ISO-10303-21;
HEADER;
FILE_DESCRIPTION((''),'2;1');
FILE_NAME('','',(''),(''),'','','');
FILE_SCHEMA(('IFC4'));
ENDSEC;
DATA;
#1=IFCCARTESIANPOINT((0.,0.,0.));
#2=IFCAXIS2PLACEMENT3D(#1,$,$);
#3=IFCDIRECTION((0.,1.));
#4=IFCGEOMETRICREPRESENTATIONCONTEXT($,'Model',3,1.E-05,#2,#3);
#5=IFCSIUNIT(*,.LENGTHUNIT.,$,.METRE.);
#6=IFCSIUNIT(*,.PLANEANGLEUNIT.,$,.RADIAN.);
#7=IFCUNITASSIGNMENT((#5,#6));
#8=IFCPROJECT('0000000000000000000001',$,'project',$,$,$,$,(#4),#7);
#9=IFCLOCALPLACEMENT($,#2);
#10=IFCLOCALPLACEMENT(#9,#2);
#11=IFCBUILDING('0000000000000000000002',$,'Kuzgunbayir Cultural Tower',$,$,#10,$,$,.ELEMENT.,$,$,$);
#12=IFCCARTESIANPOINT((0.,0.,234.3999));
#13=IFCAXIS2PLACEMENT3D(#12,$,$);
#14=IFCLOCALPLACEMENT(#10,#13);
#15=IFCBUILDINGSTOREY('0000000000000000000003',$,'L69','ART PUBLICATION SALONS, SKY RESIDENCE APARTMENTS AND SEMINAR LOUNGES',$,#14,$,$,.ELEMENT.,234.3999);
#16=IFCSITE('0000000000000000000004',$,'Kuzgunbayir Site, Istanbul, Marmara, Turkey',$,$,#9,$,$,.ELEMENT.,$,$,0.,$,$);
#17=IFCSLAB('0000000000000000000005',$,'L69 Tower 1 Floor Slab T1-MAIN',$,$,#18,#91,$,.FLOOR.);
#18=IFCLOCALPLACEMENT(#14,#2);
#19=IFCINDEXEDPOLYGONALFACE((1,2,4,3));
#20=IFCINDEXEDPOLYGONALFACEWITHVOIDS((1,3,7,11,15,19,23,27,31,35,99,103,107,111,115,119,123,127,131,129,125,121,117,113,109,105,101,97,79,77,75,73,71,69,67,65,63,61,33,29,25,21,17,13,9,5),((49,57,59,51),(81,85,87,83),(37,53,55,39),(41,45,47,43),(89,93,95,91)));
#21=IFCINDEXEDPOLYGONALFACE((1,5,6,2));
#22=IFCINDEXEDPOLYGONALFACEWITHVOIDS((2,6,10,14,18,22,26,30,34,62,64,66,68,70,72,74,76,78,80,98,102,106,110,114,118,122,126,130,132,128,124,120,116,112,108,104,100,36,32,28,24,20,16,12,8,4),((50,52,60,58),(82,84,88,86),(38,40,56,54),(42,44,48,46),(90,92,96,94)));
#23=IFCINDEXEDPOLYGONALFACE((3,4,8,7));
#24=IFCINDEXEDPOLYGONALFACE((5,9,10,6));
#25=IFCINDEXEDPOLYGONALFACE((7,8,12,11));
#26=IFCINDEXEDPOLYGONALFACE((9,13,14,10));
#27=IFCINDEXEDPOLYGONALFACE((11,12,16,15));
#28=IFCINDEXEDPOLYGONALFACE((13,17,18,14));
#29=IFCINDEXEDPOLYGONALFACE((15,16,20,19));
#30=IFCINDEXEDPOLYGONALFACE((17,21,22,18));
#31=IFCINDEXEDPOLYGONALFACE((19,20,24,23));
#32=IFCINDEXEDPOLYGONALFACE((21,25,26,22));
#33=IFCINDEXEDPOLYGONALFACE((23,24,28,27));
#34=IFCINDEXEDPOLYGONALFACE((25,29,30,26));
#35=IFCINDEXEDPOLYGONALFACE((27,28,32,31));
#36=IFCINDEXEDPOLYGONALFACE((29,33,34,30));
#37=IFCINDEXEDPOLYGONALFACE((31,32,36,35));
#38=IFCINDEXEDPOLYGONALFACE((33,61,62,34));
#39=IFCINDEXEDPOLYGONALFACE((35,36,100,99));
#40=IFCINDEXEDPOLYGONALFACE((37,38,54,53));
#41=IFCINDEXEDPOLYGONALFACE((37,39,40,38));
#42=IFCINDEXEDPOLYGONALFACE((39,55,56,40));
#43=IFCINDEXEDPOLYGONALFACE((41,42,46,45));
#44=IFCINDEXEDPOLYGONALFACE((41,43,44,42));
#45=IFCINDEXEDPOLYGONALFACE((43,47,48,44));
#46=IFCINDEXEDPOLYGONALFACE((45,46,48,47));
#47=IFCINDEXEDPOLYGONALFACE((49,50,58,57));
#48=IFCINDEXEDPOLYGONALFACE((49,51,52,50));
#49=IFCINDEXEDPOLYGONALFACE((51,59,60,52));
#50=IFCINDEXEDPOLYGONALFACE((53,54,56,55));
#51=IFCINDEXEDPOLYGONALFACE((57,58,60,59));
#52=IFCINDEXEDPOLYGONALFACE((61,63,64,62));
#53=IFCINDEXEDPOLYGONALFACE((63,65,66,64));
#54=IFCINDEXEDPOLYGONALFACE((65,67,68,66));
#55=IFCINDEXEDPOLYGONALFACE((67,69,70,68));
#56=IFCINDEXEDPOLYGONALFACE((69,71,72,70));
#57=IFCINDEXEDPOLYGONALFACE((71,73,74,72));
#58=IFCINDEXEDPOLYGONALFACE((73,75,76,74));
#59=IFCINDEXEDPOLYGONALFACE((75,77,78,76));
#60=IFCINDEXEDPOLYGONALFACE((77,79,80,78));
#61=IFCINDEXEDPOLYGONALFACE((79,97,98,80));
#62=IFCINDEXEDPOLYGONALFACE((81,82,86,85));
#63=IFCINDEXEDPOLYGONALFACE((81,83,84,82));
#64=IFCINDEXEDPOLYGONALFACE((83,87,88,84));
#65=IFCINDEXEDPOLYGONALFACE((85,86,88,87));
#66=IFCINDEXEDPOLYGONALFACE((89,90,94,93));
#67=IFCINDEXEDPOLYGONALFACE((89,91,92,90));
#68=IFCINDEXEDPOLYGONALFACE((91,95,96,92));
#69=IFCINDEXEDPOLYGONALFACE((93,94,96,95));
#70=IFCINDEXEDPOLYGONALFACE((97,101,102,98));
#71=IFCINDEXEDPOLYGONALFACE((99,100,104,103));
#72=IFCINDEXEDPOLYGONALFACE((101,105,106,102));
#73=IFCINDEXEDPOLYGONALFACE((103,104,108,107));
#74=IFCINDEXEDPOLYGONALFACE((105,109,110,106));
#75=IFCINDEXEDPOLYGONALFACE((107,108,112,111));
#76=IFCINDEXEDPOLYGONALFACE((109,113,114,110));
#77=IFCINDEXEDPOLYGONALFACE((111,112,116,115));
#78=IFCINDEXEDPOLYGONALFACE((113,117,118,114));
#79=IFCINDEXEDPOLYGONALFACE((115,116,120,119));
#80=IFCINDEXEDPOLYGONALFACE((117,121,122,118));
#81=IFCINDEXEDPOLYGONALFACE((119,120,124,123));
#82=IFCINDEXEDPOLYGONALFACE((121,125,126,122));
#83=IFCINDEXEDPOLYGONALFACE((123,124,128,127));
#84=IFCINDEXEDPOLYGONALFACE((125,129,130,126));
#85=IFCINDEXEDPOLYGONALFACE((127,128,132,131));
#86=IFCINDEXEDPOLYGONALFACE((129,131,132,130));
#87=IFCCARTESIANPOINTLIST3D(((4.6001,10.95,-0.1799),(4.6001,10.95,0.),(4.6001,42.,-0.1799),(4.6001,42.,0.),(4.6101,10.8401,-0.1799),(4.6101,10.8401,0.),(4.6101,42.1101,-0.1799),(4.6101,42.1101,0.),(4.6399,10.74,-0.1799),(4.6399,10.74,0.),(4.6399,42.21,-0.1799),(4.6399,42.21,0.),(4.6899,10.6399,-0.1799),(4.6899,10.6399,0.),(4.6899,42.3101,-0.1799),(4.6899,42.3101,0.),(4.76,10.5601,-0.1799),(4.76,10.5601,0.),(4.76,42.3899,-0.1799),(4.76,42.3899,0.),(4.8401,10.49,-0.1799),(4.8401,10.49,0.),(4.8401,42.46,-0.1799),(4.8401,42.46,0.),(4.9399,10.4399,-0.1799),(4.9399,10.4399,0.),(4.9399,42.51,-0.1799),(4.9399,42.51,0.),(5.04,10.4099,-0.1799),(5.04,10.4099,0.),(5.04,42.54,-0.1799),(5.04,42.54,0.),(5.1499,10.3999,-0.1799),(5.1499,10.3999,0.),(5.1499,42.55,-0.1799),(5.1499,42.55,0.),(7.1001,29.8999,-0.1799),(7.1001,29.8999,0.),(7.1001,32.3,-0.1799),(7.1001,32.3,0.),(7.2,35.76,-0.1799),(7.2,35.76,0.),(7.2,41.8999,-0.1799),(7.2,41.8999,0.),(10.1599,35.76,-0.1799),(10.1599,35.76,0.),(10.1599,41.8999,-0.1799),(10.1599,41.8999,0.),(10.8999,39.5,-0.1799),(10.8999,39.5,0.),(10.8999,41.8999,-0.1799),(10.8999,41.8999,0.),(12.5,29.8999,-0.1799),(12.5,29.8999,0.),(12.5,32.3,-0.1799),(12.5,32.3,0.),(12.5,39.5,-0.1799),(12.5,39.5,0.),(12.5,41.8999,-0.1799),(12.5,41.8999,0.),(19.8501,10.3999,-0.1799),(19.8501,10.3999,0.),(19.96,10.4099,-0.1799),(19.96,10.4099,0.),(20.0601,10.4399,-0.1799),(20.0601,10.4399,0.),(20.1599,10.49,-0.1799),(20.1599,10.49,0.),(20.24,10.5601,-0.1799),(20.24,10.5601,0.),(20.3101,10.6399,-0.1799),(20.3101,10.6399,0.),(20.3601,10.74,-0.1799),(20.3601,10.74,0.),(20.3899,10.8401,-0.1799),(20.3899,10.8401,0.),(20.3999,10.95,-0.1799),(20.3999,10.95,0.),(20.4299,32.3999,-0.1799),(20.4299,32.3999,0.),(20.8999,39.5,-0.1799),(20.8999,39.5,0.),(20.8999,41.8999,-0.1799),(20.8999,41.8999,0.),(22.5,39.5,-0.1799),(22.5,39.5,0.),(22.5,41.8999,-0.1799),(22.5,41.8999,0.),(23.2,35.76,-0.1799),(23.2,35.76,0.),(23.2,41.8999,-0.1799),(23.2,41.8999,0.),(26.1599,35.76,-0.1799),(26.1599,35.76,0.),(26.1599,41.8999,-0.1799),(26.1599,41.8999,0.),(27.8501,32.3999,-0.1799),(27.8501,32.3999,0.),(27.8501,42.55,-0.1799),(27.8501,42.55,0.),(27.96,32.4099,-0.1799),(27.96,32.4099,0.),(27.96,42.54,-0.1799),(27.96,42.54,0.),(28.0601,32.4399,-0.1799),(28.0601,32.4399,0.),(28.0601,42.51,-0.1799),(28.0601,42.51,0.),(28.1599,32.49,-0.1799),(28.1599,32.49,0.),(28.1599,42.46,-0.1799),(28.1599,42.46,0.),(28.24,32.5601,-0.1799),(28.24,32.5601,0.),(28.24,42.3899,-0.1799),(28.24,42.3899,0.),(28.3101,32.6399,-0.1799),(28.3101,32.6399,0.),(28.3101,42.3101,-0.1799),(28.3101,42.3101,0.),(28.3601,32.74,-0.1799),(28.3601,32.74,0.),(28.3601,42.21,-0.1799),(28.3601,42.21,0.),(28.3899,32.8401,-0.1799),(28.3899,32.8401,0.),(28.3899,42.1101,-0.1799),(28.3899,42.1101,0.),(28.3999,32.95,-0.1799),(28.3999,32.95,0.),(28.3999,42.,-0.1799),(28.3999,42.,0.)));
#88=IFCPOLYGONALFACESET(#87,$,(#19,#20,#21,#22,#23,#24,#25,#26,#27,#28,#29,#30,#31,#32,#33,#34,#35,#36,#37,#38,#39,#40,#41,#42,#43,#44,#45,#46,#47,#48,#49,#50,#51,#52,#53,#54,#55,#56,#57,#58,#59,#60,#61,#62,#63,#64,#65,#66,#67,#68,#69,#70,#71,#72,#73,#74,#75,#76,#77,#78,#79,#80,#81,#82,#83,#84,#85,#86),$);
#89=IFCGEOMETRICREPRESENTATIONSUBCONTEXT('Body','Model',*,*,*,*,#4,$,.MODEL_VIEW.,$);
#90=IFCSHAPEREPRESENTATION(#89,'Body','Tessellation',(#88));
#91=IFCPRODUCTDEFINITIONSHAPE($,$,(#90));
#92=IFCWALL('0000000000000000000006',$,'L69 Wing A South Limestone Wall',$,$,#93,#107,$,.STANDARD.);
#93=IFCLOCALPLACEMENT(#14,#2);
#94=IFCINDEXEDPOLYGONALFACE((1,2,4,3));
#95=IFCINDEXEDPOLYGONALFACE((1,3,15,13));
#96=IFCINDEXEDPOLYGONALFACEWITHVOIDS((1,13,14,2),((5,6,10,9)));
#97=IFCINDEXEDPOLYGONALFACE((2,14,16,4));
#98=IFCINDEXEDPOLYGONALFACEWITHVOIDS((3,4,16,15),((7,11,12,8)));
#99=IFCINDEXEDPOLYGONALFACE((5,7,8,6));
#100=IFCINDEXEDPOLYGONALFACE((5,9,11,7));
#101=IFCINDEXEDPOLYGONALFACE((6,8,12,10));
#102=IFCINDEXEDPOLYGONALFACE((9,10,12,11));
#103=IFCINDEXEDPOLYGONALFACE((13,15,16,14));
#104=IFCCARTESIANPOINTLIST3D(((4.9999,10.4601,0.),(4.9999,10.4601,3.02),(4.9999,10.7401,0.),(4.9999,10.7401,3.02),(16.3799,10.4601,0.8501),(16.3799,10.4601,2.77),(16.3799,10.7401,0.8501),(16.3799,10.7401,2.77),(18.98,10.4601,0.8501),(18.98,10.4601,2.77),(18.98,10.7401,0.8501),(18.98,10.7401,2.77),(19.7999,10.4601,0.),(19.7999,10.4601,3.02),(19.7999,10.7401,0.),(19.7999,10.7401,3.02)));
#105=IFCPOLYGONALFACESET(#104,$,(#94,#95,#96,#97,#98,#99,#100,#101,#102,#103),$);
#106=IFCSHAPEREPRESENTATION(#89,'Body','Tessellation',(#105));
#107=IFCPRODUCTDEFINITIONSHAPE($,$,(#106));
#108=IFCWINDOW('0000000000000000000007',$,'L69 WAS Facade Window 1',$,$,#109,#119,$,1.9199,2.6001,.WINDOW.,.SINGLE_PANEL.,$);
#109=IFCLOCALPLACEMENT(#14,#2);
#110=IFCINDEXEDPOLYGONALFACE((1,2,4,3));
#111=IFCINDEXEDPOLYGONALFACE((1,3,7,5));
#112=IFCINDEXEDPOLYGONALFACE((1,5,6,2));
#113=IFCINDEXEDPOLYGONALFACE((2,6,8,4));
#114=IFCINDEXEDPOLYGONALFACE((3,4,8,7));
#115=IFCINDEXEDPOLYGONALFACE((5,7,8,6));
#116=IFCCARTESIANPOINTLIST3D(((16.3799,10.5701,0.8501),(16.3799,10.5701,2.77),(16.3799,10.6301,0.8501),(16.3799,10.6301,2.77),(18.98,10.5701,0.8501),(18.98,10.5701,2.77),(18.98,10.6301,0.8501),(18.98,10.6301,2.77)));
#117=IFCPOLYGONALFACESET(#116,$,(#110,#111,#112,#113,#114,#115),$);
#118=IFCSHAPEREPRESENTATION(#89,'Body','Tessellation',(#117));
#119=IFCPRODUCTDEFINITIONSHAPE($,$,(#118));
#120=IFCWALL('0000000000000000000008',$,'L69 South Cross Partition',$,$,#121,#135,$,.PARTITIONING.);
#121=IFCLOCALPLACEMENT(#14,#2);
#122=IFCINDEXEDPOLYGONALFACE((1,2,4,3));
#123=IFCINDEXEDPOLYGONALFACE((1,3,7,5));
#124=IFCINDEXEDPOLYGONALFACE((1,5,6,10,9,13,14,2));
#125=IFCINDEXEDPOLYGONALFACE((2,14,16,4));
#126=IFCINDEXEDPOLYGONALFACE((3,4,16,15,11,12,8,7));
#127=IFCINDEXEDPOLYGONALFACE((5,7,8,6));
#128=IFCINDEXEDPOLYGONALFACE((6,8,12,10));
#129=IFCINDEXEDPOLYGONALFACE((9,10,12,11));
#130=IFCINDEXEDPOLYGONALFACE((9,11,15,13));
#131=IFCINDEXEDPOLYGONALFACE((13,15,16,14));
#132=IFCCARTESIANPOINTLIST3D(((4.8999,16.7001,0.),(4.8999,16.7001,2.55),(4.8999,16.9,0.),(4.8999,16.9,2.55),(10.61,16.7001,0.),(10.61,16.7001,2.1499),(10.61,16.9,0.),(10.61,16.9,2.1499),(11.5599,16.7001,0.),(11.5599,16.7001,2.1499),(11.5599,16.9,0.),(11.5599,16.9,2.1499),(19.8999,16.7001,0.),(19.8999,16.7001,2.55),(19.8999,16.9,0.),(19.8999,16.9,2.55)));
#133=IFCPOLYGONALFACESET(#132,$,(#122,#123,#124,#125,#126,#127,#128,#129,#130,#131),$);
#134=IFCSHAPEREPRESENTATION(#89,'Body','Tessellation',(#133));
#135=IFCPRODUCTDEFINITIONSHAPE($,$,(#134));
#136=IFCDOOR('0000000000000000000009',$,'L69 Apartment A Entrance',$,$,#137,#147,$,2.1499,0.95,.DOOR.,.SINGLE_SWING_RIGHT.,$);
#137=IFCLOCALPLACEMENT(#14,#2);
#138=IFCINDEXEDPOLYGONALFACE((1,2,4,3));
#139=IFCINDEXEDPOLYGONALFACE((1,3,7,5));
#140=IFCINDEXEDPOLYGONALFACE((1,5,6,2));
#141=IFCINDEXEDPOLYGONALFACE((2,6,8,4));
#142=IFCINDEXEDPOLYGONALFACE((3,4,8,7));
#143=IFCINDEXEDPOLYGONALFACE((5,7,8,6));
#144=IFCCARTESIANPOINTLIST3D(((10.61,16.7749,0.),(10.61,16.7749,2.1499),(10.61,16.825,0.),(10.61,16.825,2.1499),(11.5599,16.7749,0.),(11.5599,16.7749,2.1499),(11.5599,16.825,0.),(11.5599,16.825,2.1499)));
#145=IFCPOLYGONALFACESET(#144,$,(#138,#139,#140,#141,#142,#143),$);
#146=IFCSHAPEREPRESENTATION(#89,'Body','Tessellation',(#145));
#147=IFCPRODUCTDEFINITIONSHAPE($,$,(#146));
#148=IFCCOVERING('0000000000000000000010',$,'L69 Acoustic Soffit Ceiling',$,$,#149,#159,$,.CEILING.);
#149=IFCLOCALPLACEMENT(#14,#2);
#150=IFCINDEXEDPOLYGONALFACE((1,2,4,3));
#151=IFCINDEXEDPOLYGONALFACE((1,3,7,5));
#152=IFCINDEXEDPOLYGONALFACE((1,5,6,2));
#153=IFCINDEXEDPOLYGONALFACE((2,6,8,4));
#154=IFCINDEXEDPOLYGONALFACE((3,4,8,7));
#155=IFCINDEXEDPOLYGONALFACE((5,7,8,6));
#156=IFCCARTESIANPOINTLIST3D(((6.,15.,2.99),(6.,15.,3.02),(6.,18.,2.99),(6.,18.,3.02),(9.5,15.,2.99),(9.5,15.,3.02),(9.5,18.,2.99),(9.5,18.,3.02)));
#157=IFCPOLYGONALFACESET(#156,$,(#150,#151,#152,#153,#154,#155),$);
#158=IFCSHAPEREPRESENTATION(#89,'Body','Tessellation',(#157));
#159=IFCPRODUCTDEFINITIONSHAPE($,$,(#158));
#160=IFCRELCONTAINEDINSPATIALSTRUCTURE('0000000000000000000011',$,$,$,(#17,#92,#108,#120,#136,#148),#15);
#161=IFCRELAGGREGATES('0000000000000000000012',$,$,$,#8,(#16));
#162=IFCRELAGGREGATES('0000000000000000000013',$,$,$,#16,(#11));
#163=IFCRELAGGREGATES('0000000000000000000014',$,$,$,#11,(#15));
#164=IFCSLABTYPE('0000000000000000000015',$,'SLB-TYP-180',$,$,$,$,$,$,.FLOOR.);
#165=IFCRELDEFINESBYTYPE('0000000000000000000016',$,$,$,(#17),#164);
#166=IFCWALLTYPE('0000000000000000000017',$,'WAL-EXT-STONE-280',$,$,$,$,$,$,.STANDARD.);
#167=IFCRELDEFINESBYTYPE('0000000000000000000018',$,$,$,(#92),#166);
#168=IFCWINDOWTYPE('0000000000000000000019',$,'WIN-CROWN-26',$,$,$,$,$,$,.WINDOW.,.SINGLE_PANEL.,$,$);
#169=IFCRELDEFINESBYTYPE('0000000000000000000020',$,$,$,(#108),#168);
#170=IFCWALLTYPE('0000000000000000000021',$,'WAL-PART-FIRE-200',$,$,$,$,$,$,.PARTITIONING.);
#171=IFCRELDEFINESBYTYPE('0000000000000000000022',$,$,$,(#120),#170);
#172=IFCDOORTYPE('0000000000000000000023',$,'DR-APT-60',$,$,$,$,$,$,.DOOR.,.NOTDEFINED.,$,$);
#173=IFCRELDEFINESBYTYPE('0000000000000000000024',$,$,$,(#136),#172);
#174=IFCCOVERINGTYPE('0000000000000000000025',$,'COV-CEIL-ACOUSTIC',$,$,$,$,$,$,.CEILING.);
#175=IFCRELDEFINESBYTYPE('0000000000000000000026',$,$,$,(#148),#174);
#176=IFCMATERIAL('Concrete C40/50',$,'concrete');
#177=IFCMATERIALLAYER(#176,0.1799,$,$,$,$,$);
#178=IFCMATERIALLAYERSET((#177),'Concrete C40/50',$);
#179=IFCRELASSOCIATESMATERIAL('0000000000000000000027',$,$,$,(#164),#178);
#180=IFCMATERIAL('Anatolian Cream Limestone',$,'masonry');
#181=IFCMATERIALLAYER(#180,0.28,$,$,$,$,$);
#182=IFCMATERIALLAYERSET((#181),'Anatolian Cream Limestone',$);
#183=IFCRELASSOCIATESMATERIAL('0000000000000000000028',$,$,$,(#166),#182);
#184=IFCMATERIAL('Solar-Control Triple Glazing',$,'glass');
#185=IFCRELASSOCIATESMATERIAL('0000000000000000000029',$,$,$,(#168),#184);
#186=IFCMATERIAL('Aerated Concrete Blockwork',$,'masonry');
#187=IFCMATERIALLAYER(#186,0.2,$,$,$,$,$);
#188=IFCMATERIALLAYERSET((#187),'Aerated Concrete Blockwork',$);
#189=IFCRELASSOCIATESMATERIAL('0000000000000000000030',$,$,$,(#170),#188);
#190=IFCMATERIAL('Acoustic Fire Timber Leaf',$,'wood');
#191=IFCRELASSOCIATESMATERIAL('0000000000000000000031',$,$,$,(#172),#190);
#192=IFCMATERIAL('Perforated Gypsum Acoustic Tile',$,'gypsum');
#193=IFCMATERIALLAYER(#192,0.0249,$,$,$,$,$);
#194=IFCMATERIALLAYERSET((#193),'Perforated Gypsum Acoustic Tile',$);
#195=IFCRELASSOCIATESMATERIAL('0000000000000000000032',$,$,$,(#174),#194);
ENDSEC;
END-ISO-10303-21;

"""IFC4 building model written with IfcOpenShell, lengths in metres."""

from ifc_helpers import new_model, si_unit, direction, frame, frame_2d, origin, place, context, subcontext, project, spatial, polyline, rectangle, outline, extrude, material, layer, layer_set, type_object, element, fill, save


model = new_model("IFC4")

# Units and contexts
model_context = context("Model", 3, precision=1e-05, world=origin(), true_north=direction((0.0, 1.0)))
body_context = subcontext(model_context, "Body", "Model", "MODEL_VIEW")
ifc_project = project(units=[si_unit("LENGTHUNIT", "METRE"), si_unit("PLANEANGLEUNIT", "RADIAN")], contexts=[model_context])

# Site, building, storey
site_placement = place(None, origin())
site = spatial("IfcSite", under=ifc_project, at=site_placement, Name="Kuzgunbayir Site, Istanbul, Marmara, Turkey", CompositionType="ELEMENT", RefElevation=0.0)
building_placement = place(site_placement, origin())
building = spatial("IfcBuilding", under=site, at=building_placement, Name="Kuzgunbayir Cultural Tower", CompositionType="ELEMENT")
storey_placement = place(building_placement, frame((0.0, 0.0, 234.3999)))
storey = spatial("IfcBuildingStorey", under=building, at=storey_placement, Name="L69", Description="ART PUBLICATION SALONS, SKY RESIDENCE APARTMENTS AND SEMINAR LOUNGES", CompositionType="ELEMENT", Elevation=234.3999)

# Shared definitions
ifc_material_1 = material(Name="Concrete C40/50", Category="concrete")

# Slab
ifc_layer_1 = layer(ifc_material_1, 0.1799)
ifc_layer_set_1 = layer_set([ifc_layer_1], Name="Concrete C40/50")
slab_type_1 = type_object("IfcSlabType", Name="SLB-TYP-180", PredefinedType="FLOOR", material=ifc_layer_set_1)
slab_1_placement = place(storey_placement, frame((0.0, 0.0, -0.1799)))
element("IfcSlab", 1, at=slab_1_placement, inside=storey, type_object=slab_type_1, Name="L69 Tower 1 Floor Slab T1-MAIN", PredefinedType="FLOOR", context=body_context, shape_type="SweptSolid", body=[
    extrude(outline(polyline([(20.3999, 10.95), (20.3899, 10.8401), (20.3601, 10.74), (20.3101, 10.6399), (20.24, 10.5601), (20.1599, 10.49), (20.0601, 10.4399), (19.96, 10.4099), (19.8501, 10.3999), (5.1499, 10.3999), (5.04, 10.4099), (4.9399, 10.4399), (4.8401, 10.49), (4.76, 10.5601), (4.6899, 10.6399), (4.6399, 10.74), (4.6101, 10.8401), (4.6001, 10.95), (4.6001, 42.0), (4.6101, 42.1101), (4.6399, 42.21), (4.6899, 42.3101), (4.76, 42.3899), (4.8401, 42.46), (4.9399, 42.51), (5.04, 42.54), (5.1499, 42.55), (27.8501, 42.55), (27.96, 42.54), (28.0601, 42.51), (28.1599, 42.46), (28.24, 42.3899), (28.3101, 42.3101), (28.3601, 42.21), (28.3899, 42.1101), (28.3999, 42.0), (28.3999, 32.95), (28.3899, 32.8401), (28.3601, 32.74), (28.3101, 32.6399), (28.24, 32.5601), (28.1599, 32.49), (28.0601, 32.4399), (27.96, 32.4099), (27.8501, 32.3999), (20.4299, 32.3999), (20.3999, 10.95)]), holes=[polyline([(7.2, 35.76), (7.2, 41.8999), (10.1599, 41.8999), (10.1599, 35.76), (7.2, 35.76)]), polyline([(23.2, 35.76), (23.2, 41.8999), (26.1599, 41.8999), (26.1599, 35.76), (23.2, 35.76)]), polyline([(7.1001, 29.8999), (7.1001, 32.3), (12.5, 32.3), (12.5, 29.8999), (7.1001, 29.8999)]), polyline([(10.8999, 39.5), (10.8999, 41.8999), (12.5, 41.8999), (12.5, 39.5), (10.8999, 39.5)]), polyline([(20.8999, 39.5), (20.8999, 41.8999), (22.5, 41.8999), (22.5, 39.5), (20.8999, 39.5)])]), origin(), (0.0, 0.0, 1.0), 0.1799),
])

# Wall, opening, window
ifc_material_2 = material(Name="Anatolian Cream Limestone", Category="masonry")
ifc_layer_2 = layer(ifc_material_2, 0.28)
ifc_layer_set_2 = layer_set([ifc_layer_2], Name="Anatolian Cream Limestone")
wall_type_1 = type_object("IfcWallType", Name="WAL-EXT-STONE-280", PredefinedType="STANDARD", material=ifc_layer_set_2)
wall_1_placement = place(storey_placement, frame((5.0, 10.6001, 0.0), z_axis=(0.0, 0.0, 1.0), x_axis=(1.0, 0.0, 0.0)))
wall_1 = element("IfcWall", 2, at=wall_1_placement, inside=storey, type_object=wall_type_1, Name="L69 Wing A South Limestone Wall", PredefinedType="STANDARD", context=body_context, shape_type="SweptSolid", body=[
    extrude(rectangle(XDim=14.8, YDim=0.28, at=frame_2d((7.3999, 0.0))), origin(), (0.0, 0.0, 1.0), 3.02),
])
opening_1_placement = place(wall_1_placement, frame((11.3799, 0.0, 0.8501)))
opening_1 = element("IfcOpeningElement", 3, at=opening_1_placement, cuts=wall_1, PredefinedType="OPENING", context=body_context, shape_type="SweptSolid", body=[
    extrude(rectangle(XDim=2.6001, YDim=1.9199, at=frame_2d((1.3, 0.96))), frame((0.0, 0.1499, 0.0), z_axis=(0.0, -1.0, 0.0), x_axis=(1.0, 0.0, 0.0)), (0.0, 0.0, 1.0), 0.3),
])
ifc_material_3 = material(Name="Solar-Control Triple Glazing", Category="glass")
window_type = type_object("IfcWindowType", Name="WIN-CROWN-26", PartitioningType="SINGLE_PANEL", PredefinedType="WINDOW", material=ifc_material_3)
window_placement = place(opening_1_placement, origin())
window = element("IfcWindow", 4, at=window_placement, inside=storey, type_object=window_type, Name="L69 WAS Facade Window 1", OverallHeight=1.9199, OverallWidth=2.6001, PartitioningType="SINGLE_PANEL", PredefinedType="WINDOW", context=body_context, shape_type="SweptSolid", body=[
    extrude(rectangle(XDim=2.6001, YDim=1.9199, at=frame_2d((1.3, 0.96))), frame((0.0, 0.03, 0.0), z_axis=(0.0, -1.0, 0.0), x_axis=(1.0, 0.0, 0.0)), (0.0, 0.0, 1.0), 0.0601),
])
fill(opening_1, window)

# Wall, opening, door
ifc_material_4 = material(Name="Aerated Concrete Blockwork", Category="masonry")
ifc_layer_3 = layer(ifc_material_4, 0.2)
ifc_layer_set_3 = layer_set([ifc_layer_3], Name="Aerated Concrete Blockwork")
wall_type_2 = type_object("IfcWallType", Name="WAL-PART-FIRE-200", PredefinedType="PARTITIONING", material=ifc_layer_set_3)
wall_2_placement = place(storey_placement, frame((4.8999, 16.8, 0.0), z_axis=(0.0, 0.0, 1.0), x_axis=(1.0, 0.0, 0.0)))
wall_2 = element("IfcWall", 5, at=wall_2_placement, inside=storey, type_object=wall_type_2, Name="L69 South Cross Partition", PredefinedType="PARTITIONING", context=body_context, shape_type="SweptSolid", body=[
    extrude(rectangle(XDim=15.0, YDim=0.2, at=frame_2d((7.5, 0.0))), origin(), (0.0, 0.0, 1.0), 2.55),
])
opening_2_placement = place(wall_2_placement, frame((5.71, 0.0, 0.0)))
opening_2 = element("IfcOpeningElement", 6, at=opening_2_placement, cuts=wall_2, PredefinedType="OPENING", context=body_context, shape_type="SweptSolid", body=[
    extrude(rectangle(XDim=0.95, YDim=2.1499, at=frame_2d((0.4751, 1.075))), frame((0.0, 0.1099, 0.0), z_axis=(0.0, -1.0, 0.0), x_axis=(1.0, 0.0, 0.0)), (0.0, 0.0, 1.0), 0.22),
])
ifc_material_5 = material(Name="Acoustic Fire Timber Leaf", Category="wood")
door_type = type_object("IfcDoorType", Name="DR-APT-60", OperationType="NOTDEFINED", PredefinedType="DOOR", material=ifc_material_5)
door_placement = place(opening_2_placement, origin())
door = element("IfcDoor", 7, at=door_placement, inside=storey, type_object=door_type, Name="L69 Apartment A Entrance", OperationType="SINGLE_SWING_RIGHT", OverallHeight=2.1499, OverallWidth=0.95, PredefinedType="DOOR", context=body_context, shape_type="SweptSolid", body=[
    extrude(rectangle(XDim=0.95, YDim=2.1499, at=frame_2d((0.4751, 1.075))), frame((0.0, 0.0249, 0.0), z_axis=(0.0, -1.0, 0.0), x_axis=(1.0, 0.0, 0.0)), (0.0, 0.0, 1.0), 0.05),
])
fill(opening_2, door)

# Covering
ifc_material_6 = material(Name="Perforated Gypsum Acoustic Tile", Category="gypsum")
ifc_layer_4 = layer(ifc_material_6, 0.0249)
ifc_layer_set_4 = layer_set([ifc_layer_4], Name="Perforated Gypsum Acoustic Tile")
covering_type_1 = type_object("IfcCoveringType", Name="COV-CEIL-ACOUSTIC", PredefinedType="CEILING", material=ifc_layer_set_4)
covering_1_placement = place(storey_placement, frame((0.0, 0.0, 2.99)))
element("IfcCovering", 8, at=covering_1_placement, inside=storey, type_object=covering_type_1, Name="L69 Acoustic Soffit Ceiling", PredefinedType="CEILING", context=body_context, shape_type="SweptSolid", body=[
    extrude(outline(polyline([(6.0, 15.0), (9.5, 15.0), (9.5, 18.0), (6.0, 18.0), (6.0, 15.0)])), origin(), (0.0, 0.0, 1.0), 0.03),
])

save(model, "model.ifc")
